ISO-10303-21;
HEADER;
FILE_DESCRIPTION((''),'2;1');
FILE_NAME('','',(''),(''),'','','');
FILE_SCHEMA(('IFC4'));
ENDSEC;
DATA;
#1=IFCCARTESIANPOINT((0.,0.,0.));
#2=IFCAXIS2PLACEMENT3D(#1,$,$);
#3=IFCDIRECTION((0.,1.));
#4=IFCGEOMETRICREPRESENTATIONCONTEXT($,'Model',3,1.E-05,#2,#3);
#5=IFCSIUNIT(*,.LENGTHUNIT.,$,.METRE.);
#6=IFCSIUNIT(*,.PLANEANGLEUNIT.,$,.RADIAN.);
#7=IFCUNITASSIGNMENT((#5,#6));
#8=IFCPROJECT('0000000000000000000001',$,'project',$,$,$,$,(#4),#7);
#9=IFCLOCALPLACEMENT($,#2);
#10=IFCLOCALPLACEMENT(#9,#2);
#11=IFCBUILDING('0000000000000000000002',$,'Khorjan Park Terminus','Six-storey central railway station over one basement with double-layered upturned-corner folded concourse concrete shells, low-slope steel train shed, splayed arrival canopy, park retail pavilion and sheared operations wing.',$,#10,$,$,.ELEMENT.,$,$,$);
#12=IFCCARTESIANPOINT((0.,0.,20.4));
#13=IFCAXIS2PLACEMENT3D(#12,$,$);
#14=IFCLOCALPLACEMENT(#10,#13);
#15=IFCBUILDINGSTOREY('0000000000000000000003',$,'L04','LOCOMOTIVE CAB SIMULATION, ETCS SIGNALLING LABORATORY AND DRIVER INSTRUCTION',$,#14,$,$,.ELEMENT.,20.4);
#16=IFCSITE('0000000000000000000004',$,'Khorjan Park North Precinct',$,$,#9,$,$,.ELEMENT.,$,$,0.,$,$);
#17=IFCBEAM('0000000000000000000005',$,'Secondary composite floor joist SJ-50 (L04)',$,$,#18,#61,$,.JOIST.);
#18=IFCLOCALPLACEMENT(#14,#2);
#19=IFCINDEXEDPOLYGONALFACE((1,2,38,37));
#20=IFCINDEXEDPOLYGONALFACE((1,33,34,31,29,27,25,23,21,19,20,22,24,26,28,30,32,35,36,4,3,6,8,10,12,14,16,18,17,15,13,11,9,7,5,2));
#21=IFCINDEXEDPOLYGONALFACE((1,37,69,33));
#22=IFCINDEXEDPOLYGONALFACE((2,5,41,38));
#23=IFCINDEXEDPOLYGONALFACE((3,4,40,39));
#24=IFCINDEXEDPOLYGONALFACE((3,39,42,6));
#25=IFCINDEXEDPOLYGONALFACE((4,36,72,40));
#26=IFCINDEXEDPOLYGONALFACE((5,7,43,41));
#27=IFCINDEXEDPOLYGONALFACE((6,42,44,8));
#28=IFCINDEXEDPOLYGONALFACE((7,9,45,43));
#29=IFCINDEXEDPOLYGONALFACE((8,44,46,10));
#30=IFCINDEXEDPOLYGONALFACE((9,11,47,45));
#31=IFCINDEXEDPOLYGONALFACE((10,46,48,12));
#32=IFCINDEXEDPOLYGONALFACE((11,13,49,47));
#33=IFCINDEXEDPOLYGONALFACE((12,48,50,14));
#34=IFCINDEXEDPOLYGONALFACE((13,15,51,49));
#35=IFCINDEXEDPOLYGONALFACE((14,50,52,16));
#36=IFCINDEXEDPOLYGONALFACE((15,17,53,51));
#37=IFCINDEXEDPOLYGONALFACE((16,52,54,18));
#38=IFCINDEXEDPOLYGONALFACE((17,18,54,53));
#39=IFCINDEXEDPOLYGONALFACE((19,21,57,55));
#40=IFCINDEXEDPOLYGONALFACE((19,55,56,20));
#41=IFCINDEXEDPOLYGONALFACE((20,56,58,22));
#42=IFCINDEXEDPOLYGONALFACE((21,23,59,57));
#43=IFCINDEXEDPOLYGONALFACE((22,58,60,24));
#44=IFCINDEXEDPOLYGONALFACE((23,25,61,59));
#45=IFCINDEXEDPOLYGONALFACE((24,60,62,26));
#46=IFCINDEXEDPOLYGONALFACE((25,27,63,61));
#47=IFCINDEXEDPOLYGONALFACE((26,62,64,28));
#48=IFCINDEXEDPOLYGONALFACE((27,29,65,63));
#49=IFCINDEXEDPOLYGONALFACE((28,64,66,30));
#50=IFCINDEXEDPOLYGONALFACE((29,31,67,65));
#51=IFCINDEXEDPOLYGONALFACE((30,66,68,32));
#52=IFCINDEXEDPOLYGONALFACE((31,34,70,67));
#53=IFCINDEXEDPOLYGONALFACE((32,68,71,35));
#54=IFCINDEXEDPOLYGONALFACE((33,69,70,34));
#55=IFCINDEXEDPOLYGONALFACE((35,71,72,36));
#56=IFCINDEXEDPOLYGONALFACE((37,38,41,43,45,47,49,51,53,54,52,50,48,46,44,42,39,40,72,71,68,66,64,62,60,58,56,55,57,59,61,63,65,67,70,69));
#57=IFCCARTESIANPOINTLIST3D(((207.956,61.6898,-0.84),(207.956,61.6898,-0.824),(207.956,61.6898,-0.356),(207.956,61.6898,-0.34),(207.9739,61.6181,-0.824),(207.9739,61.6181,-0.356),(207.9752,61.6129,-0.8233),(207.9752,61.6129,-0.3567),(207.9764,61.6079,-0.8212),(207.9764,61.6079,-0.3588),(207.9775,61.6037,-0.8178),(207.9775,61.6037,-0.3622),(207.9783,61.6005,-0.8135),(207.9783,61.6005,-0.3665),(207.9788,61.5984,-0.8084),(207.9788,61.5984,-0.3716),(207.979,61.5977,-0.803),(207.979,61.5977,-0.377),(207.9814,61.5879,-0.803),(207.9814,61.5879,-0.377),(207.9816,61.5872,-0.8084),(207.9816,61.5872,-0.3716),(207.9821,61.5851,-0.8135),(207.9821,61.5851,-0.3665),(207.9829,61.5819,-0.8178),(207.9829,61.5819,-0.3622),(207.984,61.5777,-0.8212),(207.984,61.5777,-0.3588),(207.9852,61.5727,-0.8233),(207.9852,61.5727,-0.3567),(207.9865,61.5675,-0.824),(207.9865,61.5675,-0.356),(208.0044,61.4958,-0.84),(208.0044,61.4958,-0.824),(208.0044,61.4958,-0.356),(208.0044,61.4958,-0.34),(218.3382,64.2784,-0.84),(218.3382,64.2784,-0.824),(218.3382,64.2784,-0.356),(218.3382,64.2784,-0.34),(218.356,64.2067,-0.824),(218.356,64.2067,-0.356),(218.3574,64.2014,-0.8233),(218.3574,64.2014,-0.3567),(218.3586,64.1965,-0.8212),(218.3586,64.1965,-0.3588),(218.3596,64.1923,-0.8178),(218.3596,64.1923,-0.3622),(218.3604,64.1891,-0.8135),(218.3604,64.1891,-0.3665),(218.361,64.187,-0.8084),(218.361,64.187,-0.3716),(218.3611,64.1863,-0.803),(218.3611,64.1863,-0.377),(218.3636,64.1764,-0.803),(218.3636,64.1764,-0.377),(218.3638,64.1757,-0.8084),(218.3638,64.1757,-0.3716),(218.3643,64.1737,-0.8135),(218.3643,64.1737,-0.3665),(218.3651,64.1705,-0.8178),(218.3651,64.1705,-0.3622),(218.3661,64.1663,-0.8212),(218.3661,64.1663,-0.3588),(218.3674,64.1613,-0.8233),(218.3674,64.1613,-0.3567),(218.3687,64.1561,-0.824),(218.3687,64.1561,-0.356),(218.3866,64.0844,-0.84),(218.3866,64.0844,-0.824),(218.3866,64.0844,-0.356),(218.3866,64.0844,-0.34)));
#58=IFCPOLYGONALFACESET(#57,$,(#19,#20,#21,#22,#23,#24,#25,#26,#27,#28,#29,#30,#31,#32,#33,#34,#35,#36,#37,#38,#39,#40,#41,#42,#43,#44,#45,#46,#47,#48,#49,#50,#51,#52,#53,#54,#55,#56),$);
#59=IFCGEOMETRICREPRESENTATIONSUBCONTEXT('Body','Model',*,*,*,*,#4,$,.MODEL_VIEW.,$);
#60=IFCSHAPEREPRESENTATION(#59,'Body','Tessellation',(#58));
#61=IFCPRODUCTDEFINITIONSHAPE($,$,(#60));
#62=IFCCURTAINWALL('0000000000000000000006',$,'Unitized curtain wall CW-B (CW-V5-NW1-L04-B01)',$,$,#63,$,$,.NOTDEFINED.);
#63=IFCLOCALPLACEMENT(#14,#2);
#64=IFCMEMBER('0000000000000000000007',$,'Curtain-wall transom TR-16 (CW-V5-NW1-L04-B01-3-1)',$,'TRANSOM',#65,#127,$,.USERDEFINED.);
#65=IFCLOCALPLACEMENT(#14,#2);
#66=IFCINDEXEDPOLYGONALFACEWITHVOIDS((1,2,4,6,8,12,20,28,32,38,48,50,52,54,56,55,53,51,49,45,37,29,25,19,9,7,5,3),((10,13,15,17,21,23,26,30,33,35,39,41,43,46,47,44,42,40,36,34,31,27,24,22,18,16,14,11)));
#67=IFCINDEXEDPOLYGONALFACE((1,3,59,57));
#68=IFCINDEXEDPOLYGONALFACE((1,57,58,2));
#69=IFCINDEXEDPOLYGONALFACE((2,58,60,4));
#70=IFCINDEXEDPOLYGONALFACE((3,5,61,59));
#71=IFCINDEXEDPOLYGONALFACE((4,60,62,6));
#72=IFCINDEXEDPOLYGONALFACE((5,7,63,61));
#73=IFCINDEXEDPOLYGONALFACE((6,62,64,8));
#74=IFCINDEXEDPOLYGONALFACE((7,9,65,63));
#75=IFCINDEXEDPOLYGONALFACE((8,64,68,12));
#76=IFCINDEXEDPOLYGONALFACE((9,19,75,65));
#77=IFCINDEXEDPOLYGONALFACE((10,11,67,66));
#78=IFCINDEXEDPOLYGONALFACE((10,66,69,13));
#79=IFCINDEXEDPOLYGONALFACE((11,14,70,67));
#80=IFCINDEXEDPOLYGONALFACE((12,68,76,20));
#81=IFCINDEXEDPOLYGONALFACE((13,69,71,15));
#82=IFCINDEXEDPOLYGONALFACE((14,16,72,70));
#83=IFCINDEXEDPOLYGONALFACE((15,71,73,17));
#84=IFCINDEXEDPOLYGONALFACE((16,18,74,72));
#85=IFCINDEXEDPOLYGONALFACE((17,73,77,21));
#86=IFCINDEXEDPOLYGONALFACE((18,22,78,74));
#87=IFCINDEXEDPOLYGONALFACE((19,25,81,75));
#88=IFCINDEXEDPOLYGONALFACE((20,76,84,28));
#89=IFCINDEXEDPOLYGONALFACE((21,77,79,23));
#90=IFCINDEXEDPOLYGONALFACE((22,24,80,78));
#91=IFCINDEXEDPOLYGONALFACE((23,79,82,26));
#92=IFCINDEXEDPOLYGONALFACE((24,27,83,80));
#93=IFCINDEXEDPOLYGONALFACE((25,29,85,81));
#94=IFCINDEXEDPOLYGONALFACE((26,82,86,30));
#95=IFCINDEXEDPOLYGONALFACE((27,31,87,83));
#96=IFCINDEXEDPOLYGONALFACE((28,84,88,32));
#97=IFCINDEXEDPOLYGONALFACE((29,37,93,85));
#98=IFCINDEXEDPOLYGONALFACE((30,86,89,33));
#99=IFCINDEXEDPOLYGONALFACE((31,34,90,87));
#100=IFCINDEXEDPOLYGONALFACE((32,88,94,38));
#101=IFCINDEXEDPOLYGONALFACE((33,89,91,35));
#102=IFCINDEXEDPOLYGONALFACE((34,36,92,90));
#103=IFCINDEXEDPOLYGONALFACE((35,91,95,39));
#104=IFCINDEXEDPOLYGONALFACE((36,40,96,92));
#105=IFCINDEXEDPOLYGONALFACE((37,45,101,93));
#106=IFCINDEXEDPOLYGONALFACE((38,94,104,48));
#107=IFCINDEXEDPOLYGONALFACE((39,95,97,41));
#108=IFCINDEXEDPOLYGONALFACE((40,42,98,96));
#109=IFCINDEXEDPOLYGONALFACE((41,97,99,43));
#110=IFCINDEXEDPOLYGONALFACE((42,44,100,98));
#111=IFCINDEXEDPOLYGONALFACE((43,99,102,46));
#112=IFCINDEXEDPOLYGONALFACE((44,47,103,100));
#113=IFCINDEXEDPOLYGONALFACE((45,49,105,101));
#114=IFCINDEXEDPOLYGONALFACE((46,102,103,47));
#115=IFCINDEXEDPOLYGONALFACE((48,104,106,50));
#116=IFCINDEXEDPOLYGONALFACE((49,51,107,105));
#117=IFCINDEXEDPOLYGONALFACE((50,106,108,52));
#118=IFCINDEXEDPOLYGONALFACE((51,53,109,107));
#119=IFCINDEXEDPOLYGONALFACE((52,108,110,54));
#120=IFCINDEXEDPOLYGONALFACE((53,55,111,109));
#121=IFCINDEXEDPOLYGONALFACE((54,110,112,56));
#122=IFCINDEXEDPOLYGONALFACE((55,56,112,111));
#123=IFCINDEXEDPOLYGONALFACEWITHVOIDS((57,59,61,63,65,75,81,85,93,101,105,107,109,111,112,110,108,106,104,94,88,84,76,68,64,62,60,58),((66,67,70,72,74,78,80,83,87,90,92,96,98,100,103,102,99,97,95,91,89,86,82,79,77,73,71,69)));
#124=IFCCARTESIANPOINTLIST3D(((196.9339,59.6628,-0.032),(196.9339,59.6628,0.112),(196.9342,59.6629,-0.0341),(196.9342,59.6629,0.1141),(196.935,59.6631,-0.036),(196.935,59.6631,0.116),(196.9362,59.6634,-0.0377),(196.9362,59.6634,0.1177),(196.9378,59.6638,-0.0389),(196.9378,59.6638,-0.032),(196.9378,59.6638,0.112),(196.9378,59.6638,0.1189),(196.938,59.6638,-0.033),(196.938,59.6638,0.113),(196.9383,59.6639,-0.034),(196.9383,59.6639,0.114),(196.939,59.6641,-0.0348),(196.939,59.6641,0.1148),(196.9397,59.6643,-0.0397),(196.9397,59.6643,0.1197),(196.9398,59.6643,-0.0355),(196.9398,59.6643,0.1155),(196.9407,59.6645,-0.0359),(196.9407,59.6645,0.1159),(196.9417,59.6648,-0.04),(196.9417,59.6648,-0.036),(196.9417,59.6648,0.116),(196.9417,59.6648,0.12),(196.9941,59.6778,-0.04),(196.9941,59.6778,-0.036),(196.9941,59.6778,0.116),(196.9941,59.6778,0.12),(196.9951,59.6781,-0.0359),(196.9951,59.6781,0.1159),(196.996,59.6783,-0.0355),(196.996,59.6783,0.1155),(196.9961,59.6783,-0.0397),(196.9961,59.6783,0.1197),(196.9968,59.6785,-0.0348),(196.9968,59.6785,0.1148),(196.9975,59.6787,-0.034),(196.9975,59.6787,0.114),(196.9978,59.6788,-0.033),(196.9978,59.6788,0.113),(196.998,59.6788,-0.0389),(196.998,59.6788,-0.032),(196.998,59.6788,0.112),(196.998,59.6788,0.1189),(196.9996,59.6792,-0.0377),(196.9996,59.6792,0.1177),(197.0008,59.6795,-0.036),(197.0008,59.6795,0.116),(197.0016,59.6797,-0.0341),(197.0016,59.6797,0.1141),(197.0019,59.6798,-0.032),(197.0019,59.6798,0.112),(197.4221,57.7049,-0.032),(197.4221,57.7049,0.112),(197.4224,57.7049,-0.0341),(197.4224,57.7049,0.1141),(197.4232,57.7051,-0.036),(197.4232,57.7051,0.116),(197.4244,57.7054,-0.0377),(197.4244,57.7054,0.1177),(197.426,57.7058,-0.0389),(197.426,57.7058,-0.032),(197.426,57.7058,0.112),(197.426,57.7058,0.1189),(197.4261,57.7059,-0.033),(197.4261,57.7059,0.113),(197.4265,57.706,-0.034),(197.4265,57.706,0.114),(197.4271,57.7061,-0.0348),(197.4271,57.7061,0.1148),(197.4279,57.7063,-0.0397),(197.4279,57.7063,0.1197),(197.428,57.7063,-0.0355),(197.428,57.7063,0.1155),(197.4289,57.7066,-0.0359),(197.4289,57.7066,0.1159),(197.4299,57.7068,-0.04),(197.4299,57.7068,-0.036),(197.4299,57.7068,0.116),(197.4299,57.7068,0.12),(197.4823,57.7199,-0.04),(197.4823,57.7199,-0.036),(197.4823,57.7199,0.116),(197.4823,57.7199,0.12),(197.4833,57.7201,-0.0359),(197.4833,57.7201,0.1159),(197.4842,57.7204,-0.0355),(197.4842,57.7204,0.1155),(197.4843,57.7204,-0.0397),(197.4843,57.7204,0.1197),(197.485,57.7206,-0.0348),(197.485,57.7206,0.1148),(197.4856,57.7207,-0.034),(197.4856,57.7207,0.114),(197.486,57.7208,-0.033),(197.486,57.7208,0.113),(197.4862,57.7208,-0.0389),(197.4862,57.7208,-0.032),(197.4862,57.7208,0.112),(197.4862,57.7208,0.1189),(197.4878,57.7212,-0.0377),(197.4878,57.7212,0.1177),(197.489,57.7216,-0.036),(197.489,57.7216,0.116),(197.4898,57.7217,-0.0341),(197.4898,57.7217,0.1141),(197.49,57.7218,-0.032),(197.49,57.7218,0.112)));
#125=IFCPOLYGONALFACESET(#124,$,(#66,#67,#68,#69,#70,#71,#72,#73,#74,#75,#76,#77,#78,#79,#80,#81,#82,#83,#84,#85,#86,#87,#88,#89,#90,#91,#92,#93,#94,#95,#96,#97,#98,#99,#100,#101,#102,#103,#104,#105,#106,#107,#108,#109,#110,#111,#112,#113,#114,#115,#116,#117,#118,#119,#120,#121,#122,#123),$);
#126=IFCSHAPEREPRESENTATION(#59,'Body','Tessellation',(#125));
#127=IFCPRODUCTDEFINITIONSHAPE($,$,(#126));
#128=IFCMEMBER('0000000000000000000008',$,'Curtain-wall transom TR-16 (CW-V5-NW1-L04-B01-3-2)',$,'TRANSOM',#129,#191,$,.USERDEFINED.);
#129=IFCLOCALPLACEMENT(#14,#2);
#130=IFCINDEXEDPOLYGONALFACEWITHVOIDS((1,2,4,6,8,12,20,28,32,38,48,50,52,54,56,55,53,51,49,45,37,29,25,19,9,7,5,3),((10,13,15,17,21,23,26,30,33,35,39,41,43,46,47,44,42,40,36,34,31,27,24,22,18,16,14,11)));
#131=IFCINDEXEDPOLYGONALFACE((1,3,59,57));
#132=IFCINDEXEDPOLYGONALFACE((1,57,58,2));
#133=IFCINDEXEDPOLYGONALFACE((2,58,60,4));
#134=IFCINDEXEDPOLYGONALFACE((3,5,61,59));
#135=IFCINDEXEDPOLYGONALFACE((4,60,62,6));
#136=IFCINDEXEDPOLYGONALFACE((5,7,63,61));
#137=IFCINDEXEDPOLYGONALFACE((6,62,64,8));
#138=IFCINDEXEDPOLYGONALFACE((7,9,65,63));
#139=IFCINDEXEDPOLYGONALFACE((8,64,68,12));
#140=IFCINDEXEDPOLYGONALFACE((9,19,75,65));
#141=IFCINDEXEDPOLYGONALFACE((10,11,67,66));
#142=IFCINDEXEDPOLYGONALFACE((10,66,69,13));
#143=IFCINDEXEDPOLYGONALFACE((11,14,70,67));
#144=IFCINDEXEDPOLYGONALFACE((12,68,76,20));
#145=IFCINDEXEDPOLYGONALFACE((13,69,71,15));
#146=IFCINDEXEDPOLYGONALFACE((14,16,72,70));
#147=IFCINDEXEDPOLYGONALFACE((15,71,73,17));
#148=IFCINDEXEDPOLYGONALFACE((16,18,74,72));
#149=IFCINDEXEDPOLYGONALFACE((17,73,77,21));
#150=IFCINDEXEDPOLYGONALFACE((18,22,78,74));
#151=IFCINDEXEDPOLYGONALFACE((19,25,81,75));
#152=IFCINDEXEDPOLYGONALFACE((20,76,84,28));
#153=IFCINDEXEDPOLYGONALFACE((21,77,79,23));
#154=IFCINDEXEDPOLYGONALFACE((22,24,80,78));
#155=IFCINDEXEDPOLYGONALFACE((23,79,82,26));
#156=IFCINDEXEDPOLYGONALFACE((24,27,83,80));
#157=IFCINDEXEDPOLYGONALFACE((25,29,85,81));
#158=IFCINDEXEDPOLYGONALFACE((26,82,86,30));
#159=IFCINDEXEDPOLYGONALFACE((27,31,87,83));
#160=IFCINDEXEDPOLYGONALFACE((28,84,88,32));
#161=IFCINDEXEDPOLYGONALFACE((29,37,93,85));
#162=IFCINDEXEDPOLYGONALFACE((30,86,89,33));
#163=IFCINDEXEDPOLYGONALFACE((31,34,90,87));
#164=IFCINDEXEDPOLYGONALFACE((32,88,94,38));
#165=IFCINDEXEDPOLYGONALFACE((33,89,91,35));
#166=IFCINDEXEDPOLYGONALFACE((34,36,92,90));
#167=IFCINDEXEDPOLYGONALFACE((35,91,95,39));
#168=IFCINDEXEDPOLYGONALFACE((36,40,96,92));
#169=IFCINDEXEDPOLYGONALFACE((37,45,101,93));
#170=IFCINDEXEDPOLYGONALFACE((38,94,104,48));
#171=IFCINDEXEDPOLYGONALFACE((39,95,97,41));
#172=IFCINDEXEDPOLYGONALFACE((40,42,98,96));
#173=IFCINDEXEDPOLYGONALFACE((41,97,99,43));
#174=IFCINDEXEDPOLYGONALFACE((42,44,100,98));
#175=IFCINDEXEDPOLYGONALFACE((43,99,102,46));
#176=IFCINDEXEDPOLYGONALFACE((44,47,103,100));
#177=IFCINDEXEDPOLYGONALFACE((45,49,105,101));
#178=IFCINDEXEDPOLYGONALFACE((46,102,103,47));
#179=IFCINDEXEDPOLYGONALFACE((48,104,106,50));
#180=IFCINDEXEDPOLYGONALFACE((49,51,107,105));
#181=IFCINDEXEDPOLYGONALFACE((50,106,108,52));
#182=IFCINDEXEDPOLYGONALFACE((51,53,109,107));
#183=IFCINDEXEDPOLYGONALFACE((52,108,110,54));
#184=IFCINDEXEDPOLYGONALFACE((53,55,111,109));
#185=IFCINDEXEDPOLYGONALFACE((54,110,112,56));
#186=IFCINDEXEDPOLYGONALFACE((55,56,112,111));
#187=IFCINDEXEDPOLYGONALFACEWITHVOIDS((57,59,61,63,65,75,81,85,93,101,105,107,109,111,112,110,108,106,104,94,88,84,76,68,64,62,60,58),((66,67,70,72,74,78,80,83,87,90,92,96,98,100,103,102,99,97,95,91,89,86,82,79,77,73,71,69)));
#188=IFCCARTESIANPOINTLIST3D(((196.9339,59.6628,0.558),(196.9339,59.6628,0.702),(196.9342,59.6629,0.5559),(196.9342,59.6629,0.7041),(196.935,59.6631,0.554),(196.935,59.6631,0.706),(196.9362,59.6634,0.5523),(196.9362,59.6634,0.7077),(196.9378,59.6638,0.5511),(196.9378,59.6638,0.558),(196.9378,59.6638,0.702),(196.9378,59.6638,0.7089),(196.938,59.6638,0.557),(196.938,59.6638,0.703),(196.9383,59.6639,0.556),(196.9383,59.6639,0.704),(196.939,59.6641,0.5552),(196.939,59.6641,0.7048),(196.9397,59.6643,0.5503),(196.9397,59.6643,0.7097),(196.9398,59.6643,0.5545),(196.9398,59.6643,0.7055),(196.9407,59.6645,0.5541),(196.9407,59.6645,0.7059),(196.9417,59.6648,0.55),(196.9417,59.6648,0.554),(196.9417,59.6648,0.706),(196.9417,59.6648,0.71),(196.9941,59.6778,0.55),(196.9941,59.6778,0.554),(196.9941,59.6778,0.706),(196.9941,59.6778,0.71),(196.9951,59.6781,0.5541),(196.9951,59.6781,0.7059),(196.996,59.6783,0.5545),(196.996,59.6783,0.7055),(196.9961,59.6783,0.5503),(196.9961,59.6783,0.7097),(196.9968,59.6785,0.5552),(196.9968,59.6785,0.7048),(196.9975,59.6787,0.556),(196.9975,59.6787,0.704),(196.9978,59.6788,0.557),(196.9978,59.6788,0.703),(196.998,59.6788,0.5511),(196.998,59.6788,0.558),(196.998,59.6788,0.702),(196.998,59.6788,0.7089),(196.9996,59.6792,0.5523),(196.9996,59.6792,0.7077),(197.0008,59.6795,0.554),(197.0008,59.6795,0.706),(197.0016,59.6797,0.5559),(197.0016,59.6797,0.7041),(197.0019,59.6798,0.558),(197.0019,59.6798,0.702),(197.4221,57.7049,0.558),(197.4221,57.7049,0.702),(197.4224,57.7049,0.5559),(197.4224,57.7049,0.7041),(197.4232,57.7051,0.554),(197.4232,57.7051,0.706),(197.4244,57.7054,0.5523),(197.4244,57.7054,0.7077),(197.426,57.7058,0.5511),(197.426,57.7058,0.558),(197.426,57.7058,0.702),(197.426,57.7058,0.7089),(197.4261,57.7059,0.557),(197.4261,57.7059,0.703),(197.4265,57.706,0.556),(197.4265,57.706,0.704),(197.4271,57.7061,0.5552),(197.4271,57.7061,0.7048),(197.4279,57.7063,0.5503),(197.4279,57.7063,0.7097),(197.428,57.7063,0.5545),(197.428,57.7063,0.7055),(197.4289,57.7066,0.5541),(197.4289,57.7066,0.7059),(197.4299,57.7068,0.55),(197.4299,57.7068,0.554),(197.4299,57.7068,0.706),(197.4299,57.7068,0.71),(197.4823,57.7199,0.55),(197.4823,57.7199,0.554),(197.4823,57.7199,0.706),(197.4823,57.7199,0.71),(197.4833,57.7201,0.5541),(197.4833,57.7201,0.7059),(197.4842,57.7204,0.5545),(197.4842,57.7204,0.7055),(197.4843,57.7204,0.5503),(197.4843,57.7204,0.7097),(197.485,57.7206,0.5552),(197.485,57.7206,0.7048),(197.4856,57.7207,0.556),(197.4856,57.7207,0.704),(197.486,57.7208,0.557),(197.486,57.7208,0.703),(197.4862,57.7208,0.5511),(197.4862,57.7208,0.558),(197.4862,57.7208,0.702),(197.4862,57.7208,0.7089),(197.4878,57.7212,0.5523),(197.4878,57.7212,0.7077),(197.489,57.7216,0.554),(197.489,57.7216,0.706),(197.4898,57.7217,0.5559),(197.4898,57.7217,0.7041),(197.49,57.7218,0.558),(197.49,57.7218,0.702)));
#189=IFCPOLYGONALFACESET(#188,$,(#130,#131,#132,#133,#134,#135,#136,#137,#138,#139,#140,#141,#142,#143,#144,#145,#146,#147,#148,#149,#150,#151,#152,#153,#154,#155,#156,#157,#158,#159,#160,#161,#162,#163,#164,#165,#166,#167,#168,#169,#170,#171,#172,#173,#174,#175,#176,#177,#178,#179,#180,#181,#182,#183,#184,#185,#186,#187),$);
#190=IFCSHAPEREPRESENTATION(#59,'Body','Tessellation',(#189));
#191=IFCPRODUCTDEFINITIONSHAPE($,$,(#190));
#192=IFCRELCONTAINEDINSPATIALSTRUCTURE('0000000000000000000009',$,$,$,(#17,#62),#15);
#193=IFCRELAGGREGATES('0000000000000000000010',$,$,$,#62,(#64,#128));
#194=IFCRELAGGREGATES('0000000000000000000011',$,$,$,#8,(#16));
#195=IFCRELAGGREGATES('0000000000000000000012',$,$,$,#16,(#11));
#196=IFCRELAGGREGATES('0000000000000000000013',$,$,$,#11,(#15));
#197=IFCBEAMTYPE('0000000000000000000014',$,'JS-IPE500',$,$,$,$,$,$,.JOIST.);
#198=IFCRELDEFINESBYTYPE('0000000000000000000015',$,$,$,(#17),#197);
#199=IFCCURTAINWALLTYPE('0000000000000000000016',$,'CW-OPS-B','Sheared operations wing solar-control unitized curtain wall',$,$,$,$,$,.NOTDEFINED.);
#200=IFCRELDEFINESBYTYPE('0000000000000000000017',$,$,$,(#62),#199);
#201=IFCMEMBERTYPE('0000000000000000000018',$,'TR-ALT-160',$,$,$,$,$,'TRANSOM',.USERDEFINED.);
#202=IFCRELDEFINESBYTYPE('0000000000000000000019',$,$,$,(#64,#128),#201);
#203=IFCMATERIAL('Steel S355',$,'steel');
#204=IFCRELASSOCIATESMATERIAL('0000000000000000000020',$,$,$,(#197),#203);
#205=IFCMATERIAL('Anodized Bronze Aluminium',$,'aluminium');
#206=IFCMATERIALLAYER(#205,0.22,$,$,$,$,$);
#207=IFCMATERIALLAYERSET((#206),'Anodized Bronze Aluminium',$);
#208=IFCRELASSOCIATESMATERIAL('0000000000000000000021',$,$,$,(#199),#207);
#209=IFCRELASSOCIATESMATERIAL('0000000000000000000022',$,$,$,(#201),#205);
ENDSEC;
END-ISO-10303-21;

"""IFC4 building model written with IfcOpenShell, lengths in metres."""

from ifc_helpers import new_model, si_unit, direction, frame, origin, origin_2d, place, context, subcontext, project, spatial, hollow_rectangle, i_section, extrude, material, layer, layer_set, material_profile, profile_set, type_object, element, aggregate, save


model = new_model("IFC4")

# Units and contexts
model_context = context("Model", 3, precision=1e-05, world=origin(), true_north=direction((0.0, 1.0)))
body_context = subcontext(model_context, "Body", "Model", "MODEL_VIEW")
ifc_project = project(units=[si_unit("LENGTHUNIT", "METRE"), si_unit("PLANEANGLEUNIT", "RADIAN")], contexts=[model_context])

# Site, building, storey
site_placement = place(None, origin())
site = spatial("IfcSite", under=ifc_project, at=site_placement, Name="Khorjan Park North Precinct", CompositionType="ELEMENT", RefElevation=0.0)
building_placement = place(site_placement, origin())
building = spatial("IfcBuilding", under=site, at=building_placement, Name="Khorjan Park Terminus", Description="Six-storey central railway station over one basement with double-layered upturned-corner folded concourse concrete shells, low-slope steel train shed, splayed arrival canopy, park retail pavilion and sheared operations wing.", CompositionType="ELEMENT")
storey_placement = place(building_placement, frame((0.0, 0.0, 20.4)))
storey = spatial("IfcBuildingStorey", under=building, at=storey_placement, Name="L04", Description="LOCOMOTIVE CAB SIMULATION, ETCS SIGNALLING LABORATORY AND DRIVER INSTRUCTION", CompositionType="ELEMENT", Elevation=20.4)

# Beam
ifc_material_1 = material(Name="Steel S355", Category="steel")
ifc_material_profile_1 = material_profile(ifc_material_1, i_section(OverallWidth=0.2, OverallDepth=0.5, WebThickness=0.0102, FlangeThickness=0.016, FilletRadius=0.021, at=origin_2d()), Name="IPE 500")
ifc_profile_set_1 = profile_set([ifc_material_profile_1], Name="Steel S355")
beam_type_1 = type_object("IfcBeamType", Name="JS-IPE500", PredefinedType="JOIST", material=ifc_profile_set_1)
beam_1_placement = place(storey_placement, frame((207.9802, 61.5928, -0.59), z_axis=(0.970295, 0.241924, 0.0), x_axis=(-0.241924, 0.970295, 0.0)))
element("IfcBeam", 1, at=beam_1_placement, inside=storey, type_object=beam_type_1, Name="Secondary composite floor joist SJ-50 (L04)", PredefinedType="JOIST", context=body_context, shape_type="SweptSolid", body=[
    extrude(i_section(OverallWidth=0.2, OverallDepth=0.5, WebThickness=0.0102, FlangeThickness=0.016, FilletRadius=0.021, at=origin_2d()), origin(), (0.0, 0.0, 1.0), 10.7),
])

# Curtain wall, members
ifc_material_2 = material(Name="Anodized Bronze Aluminium", Category="aluminium")
ifc_layer_1 = layer(ifc_material_2, 0.22)
ifc_layer_set_1 = layer_set([ifc_layer_1], Name="Anodized Bronze Aluminium")
curtain_wall_type = type_object("IfcCurtainWallType", Name="CW-OPS-B", Description="Sheared operations wing solar-control unitized curtain wall", PredefinedType="NOTDEFINED", material=ifc_layer_set_1)
curtain_wall_placement = place(storey_placement, origin())
curtain_wall = element("IfcCurtainWall", 2, at=curtain_wall_placement, inside=storey, type_object=curtain_wall_type, Name="Unitized curtain wall CW-B (CW-V5-NW1-L04-B01)", PredefinedType="NOTDEFINED")
ifc_material_profile_2 = material_profile(ifc_material_2, hollow_rectangle(XDim=0.07, YDim=0.16, WallThickness=0.004, InnerFilletRadius=0.004, OuterFilletRadius=0.008, at=origin_2d()), Name="ALT 70x160x4")
ifc_profile_set_2 = profile_set([ifc_material_profile_2], Name="Anodized Bronze Aluminium")
member_type = type_object("IfcMemberType", Name="TR-ALT-160", ElementType="TRANSOM", PredefinedType="USERDEFINED", material=ifc_profile_set_2)
member_1_placement = place(storey_placement, frame((196.9679, 59.6713, 0.04), z_axis=(0.241929, -0.970294, 0.0), x_axis=(0.970294, 0.241929, 0.0)))
member_1 = element("IfcMember", 3, at=member_1_placement, type_object=member_type, Name="Curtain-wall transom TR-16 (CW-V5-NW1-L04-B01-3-1)", ObjectType="TRANSOM", PredefinedType="USERDEFINED", context=body_context, shape_type="SweptSolid", body=[
    extrude(hollow_rectangle(XDim=0.07, YDim=0.16, WallThickness=0.004, InnerFilletRadius=0.004, OuterFilletRadius=0.008, at=origin_2d()), origin(), (0.0, 0.0, 1.0), 2.0179),
])
member_2_placement = place(storey_placement, frame((196.9679, 59.6713, 0.63), z_axis=(0.241929, -0.970294, 0.0), x_axis=(0.970294, 0.241929, 0.0)))
member_2 = element("IfcMember", 4, at=member_2_placement, type_object=member_type, Name="Curtain-wall transom TR-16 (CW-V5-NW1-L04-B01-3-2)", ObjectType="TRANSOM", PredefinedType="USERDEFINED", context=body_context, shape_type="SweptSolid", body=[
    extrude(hollow_rectangle(XDim=0.07, YDim=0.16, WallThickness=0.004, InnerFilletRadius=0.004, OuterFilletRadius=0.008, at=origin_2d()), origin(), (0.0, 0.0, 1.0), 2.0179),
])
aggregate(curtain_wall, [member_1, member_2])

save(model, "model.ifc")
